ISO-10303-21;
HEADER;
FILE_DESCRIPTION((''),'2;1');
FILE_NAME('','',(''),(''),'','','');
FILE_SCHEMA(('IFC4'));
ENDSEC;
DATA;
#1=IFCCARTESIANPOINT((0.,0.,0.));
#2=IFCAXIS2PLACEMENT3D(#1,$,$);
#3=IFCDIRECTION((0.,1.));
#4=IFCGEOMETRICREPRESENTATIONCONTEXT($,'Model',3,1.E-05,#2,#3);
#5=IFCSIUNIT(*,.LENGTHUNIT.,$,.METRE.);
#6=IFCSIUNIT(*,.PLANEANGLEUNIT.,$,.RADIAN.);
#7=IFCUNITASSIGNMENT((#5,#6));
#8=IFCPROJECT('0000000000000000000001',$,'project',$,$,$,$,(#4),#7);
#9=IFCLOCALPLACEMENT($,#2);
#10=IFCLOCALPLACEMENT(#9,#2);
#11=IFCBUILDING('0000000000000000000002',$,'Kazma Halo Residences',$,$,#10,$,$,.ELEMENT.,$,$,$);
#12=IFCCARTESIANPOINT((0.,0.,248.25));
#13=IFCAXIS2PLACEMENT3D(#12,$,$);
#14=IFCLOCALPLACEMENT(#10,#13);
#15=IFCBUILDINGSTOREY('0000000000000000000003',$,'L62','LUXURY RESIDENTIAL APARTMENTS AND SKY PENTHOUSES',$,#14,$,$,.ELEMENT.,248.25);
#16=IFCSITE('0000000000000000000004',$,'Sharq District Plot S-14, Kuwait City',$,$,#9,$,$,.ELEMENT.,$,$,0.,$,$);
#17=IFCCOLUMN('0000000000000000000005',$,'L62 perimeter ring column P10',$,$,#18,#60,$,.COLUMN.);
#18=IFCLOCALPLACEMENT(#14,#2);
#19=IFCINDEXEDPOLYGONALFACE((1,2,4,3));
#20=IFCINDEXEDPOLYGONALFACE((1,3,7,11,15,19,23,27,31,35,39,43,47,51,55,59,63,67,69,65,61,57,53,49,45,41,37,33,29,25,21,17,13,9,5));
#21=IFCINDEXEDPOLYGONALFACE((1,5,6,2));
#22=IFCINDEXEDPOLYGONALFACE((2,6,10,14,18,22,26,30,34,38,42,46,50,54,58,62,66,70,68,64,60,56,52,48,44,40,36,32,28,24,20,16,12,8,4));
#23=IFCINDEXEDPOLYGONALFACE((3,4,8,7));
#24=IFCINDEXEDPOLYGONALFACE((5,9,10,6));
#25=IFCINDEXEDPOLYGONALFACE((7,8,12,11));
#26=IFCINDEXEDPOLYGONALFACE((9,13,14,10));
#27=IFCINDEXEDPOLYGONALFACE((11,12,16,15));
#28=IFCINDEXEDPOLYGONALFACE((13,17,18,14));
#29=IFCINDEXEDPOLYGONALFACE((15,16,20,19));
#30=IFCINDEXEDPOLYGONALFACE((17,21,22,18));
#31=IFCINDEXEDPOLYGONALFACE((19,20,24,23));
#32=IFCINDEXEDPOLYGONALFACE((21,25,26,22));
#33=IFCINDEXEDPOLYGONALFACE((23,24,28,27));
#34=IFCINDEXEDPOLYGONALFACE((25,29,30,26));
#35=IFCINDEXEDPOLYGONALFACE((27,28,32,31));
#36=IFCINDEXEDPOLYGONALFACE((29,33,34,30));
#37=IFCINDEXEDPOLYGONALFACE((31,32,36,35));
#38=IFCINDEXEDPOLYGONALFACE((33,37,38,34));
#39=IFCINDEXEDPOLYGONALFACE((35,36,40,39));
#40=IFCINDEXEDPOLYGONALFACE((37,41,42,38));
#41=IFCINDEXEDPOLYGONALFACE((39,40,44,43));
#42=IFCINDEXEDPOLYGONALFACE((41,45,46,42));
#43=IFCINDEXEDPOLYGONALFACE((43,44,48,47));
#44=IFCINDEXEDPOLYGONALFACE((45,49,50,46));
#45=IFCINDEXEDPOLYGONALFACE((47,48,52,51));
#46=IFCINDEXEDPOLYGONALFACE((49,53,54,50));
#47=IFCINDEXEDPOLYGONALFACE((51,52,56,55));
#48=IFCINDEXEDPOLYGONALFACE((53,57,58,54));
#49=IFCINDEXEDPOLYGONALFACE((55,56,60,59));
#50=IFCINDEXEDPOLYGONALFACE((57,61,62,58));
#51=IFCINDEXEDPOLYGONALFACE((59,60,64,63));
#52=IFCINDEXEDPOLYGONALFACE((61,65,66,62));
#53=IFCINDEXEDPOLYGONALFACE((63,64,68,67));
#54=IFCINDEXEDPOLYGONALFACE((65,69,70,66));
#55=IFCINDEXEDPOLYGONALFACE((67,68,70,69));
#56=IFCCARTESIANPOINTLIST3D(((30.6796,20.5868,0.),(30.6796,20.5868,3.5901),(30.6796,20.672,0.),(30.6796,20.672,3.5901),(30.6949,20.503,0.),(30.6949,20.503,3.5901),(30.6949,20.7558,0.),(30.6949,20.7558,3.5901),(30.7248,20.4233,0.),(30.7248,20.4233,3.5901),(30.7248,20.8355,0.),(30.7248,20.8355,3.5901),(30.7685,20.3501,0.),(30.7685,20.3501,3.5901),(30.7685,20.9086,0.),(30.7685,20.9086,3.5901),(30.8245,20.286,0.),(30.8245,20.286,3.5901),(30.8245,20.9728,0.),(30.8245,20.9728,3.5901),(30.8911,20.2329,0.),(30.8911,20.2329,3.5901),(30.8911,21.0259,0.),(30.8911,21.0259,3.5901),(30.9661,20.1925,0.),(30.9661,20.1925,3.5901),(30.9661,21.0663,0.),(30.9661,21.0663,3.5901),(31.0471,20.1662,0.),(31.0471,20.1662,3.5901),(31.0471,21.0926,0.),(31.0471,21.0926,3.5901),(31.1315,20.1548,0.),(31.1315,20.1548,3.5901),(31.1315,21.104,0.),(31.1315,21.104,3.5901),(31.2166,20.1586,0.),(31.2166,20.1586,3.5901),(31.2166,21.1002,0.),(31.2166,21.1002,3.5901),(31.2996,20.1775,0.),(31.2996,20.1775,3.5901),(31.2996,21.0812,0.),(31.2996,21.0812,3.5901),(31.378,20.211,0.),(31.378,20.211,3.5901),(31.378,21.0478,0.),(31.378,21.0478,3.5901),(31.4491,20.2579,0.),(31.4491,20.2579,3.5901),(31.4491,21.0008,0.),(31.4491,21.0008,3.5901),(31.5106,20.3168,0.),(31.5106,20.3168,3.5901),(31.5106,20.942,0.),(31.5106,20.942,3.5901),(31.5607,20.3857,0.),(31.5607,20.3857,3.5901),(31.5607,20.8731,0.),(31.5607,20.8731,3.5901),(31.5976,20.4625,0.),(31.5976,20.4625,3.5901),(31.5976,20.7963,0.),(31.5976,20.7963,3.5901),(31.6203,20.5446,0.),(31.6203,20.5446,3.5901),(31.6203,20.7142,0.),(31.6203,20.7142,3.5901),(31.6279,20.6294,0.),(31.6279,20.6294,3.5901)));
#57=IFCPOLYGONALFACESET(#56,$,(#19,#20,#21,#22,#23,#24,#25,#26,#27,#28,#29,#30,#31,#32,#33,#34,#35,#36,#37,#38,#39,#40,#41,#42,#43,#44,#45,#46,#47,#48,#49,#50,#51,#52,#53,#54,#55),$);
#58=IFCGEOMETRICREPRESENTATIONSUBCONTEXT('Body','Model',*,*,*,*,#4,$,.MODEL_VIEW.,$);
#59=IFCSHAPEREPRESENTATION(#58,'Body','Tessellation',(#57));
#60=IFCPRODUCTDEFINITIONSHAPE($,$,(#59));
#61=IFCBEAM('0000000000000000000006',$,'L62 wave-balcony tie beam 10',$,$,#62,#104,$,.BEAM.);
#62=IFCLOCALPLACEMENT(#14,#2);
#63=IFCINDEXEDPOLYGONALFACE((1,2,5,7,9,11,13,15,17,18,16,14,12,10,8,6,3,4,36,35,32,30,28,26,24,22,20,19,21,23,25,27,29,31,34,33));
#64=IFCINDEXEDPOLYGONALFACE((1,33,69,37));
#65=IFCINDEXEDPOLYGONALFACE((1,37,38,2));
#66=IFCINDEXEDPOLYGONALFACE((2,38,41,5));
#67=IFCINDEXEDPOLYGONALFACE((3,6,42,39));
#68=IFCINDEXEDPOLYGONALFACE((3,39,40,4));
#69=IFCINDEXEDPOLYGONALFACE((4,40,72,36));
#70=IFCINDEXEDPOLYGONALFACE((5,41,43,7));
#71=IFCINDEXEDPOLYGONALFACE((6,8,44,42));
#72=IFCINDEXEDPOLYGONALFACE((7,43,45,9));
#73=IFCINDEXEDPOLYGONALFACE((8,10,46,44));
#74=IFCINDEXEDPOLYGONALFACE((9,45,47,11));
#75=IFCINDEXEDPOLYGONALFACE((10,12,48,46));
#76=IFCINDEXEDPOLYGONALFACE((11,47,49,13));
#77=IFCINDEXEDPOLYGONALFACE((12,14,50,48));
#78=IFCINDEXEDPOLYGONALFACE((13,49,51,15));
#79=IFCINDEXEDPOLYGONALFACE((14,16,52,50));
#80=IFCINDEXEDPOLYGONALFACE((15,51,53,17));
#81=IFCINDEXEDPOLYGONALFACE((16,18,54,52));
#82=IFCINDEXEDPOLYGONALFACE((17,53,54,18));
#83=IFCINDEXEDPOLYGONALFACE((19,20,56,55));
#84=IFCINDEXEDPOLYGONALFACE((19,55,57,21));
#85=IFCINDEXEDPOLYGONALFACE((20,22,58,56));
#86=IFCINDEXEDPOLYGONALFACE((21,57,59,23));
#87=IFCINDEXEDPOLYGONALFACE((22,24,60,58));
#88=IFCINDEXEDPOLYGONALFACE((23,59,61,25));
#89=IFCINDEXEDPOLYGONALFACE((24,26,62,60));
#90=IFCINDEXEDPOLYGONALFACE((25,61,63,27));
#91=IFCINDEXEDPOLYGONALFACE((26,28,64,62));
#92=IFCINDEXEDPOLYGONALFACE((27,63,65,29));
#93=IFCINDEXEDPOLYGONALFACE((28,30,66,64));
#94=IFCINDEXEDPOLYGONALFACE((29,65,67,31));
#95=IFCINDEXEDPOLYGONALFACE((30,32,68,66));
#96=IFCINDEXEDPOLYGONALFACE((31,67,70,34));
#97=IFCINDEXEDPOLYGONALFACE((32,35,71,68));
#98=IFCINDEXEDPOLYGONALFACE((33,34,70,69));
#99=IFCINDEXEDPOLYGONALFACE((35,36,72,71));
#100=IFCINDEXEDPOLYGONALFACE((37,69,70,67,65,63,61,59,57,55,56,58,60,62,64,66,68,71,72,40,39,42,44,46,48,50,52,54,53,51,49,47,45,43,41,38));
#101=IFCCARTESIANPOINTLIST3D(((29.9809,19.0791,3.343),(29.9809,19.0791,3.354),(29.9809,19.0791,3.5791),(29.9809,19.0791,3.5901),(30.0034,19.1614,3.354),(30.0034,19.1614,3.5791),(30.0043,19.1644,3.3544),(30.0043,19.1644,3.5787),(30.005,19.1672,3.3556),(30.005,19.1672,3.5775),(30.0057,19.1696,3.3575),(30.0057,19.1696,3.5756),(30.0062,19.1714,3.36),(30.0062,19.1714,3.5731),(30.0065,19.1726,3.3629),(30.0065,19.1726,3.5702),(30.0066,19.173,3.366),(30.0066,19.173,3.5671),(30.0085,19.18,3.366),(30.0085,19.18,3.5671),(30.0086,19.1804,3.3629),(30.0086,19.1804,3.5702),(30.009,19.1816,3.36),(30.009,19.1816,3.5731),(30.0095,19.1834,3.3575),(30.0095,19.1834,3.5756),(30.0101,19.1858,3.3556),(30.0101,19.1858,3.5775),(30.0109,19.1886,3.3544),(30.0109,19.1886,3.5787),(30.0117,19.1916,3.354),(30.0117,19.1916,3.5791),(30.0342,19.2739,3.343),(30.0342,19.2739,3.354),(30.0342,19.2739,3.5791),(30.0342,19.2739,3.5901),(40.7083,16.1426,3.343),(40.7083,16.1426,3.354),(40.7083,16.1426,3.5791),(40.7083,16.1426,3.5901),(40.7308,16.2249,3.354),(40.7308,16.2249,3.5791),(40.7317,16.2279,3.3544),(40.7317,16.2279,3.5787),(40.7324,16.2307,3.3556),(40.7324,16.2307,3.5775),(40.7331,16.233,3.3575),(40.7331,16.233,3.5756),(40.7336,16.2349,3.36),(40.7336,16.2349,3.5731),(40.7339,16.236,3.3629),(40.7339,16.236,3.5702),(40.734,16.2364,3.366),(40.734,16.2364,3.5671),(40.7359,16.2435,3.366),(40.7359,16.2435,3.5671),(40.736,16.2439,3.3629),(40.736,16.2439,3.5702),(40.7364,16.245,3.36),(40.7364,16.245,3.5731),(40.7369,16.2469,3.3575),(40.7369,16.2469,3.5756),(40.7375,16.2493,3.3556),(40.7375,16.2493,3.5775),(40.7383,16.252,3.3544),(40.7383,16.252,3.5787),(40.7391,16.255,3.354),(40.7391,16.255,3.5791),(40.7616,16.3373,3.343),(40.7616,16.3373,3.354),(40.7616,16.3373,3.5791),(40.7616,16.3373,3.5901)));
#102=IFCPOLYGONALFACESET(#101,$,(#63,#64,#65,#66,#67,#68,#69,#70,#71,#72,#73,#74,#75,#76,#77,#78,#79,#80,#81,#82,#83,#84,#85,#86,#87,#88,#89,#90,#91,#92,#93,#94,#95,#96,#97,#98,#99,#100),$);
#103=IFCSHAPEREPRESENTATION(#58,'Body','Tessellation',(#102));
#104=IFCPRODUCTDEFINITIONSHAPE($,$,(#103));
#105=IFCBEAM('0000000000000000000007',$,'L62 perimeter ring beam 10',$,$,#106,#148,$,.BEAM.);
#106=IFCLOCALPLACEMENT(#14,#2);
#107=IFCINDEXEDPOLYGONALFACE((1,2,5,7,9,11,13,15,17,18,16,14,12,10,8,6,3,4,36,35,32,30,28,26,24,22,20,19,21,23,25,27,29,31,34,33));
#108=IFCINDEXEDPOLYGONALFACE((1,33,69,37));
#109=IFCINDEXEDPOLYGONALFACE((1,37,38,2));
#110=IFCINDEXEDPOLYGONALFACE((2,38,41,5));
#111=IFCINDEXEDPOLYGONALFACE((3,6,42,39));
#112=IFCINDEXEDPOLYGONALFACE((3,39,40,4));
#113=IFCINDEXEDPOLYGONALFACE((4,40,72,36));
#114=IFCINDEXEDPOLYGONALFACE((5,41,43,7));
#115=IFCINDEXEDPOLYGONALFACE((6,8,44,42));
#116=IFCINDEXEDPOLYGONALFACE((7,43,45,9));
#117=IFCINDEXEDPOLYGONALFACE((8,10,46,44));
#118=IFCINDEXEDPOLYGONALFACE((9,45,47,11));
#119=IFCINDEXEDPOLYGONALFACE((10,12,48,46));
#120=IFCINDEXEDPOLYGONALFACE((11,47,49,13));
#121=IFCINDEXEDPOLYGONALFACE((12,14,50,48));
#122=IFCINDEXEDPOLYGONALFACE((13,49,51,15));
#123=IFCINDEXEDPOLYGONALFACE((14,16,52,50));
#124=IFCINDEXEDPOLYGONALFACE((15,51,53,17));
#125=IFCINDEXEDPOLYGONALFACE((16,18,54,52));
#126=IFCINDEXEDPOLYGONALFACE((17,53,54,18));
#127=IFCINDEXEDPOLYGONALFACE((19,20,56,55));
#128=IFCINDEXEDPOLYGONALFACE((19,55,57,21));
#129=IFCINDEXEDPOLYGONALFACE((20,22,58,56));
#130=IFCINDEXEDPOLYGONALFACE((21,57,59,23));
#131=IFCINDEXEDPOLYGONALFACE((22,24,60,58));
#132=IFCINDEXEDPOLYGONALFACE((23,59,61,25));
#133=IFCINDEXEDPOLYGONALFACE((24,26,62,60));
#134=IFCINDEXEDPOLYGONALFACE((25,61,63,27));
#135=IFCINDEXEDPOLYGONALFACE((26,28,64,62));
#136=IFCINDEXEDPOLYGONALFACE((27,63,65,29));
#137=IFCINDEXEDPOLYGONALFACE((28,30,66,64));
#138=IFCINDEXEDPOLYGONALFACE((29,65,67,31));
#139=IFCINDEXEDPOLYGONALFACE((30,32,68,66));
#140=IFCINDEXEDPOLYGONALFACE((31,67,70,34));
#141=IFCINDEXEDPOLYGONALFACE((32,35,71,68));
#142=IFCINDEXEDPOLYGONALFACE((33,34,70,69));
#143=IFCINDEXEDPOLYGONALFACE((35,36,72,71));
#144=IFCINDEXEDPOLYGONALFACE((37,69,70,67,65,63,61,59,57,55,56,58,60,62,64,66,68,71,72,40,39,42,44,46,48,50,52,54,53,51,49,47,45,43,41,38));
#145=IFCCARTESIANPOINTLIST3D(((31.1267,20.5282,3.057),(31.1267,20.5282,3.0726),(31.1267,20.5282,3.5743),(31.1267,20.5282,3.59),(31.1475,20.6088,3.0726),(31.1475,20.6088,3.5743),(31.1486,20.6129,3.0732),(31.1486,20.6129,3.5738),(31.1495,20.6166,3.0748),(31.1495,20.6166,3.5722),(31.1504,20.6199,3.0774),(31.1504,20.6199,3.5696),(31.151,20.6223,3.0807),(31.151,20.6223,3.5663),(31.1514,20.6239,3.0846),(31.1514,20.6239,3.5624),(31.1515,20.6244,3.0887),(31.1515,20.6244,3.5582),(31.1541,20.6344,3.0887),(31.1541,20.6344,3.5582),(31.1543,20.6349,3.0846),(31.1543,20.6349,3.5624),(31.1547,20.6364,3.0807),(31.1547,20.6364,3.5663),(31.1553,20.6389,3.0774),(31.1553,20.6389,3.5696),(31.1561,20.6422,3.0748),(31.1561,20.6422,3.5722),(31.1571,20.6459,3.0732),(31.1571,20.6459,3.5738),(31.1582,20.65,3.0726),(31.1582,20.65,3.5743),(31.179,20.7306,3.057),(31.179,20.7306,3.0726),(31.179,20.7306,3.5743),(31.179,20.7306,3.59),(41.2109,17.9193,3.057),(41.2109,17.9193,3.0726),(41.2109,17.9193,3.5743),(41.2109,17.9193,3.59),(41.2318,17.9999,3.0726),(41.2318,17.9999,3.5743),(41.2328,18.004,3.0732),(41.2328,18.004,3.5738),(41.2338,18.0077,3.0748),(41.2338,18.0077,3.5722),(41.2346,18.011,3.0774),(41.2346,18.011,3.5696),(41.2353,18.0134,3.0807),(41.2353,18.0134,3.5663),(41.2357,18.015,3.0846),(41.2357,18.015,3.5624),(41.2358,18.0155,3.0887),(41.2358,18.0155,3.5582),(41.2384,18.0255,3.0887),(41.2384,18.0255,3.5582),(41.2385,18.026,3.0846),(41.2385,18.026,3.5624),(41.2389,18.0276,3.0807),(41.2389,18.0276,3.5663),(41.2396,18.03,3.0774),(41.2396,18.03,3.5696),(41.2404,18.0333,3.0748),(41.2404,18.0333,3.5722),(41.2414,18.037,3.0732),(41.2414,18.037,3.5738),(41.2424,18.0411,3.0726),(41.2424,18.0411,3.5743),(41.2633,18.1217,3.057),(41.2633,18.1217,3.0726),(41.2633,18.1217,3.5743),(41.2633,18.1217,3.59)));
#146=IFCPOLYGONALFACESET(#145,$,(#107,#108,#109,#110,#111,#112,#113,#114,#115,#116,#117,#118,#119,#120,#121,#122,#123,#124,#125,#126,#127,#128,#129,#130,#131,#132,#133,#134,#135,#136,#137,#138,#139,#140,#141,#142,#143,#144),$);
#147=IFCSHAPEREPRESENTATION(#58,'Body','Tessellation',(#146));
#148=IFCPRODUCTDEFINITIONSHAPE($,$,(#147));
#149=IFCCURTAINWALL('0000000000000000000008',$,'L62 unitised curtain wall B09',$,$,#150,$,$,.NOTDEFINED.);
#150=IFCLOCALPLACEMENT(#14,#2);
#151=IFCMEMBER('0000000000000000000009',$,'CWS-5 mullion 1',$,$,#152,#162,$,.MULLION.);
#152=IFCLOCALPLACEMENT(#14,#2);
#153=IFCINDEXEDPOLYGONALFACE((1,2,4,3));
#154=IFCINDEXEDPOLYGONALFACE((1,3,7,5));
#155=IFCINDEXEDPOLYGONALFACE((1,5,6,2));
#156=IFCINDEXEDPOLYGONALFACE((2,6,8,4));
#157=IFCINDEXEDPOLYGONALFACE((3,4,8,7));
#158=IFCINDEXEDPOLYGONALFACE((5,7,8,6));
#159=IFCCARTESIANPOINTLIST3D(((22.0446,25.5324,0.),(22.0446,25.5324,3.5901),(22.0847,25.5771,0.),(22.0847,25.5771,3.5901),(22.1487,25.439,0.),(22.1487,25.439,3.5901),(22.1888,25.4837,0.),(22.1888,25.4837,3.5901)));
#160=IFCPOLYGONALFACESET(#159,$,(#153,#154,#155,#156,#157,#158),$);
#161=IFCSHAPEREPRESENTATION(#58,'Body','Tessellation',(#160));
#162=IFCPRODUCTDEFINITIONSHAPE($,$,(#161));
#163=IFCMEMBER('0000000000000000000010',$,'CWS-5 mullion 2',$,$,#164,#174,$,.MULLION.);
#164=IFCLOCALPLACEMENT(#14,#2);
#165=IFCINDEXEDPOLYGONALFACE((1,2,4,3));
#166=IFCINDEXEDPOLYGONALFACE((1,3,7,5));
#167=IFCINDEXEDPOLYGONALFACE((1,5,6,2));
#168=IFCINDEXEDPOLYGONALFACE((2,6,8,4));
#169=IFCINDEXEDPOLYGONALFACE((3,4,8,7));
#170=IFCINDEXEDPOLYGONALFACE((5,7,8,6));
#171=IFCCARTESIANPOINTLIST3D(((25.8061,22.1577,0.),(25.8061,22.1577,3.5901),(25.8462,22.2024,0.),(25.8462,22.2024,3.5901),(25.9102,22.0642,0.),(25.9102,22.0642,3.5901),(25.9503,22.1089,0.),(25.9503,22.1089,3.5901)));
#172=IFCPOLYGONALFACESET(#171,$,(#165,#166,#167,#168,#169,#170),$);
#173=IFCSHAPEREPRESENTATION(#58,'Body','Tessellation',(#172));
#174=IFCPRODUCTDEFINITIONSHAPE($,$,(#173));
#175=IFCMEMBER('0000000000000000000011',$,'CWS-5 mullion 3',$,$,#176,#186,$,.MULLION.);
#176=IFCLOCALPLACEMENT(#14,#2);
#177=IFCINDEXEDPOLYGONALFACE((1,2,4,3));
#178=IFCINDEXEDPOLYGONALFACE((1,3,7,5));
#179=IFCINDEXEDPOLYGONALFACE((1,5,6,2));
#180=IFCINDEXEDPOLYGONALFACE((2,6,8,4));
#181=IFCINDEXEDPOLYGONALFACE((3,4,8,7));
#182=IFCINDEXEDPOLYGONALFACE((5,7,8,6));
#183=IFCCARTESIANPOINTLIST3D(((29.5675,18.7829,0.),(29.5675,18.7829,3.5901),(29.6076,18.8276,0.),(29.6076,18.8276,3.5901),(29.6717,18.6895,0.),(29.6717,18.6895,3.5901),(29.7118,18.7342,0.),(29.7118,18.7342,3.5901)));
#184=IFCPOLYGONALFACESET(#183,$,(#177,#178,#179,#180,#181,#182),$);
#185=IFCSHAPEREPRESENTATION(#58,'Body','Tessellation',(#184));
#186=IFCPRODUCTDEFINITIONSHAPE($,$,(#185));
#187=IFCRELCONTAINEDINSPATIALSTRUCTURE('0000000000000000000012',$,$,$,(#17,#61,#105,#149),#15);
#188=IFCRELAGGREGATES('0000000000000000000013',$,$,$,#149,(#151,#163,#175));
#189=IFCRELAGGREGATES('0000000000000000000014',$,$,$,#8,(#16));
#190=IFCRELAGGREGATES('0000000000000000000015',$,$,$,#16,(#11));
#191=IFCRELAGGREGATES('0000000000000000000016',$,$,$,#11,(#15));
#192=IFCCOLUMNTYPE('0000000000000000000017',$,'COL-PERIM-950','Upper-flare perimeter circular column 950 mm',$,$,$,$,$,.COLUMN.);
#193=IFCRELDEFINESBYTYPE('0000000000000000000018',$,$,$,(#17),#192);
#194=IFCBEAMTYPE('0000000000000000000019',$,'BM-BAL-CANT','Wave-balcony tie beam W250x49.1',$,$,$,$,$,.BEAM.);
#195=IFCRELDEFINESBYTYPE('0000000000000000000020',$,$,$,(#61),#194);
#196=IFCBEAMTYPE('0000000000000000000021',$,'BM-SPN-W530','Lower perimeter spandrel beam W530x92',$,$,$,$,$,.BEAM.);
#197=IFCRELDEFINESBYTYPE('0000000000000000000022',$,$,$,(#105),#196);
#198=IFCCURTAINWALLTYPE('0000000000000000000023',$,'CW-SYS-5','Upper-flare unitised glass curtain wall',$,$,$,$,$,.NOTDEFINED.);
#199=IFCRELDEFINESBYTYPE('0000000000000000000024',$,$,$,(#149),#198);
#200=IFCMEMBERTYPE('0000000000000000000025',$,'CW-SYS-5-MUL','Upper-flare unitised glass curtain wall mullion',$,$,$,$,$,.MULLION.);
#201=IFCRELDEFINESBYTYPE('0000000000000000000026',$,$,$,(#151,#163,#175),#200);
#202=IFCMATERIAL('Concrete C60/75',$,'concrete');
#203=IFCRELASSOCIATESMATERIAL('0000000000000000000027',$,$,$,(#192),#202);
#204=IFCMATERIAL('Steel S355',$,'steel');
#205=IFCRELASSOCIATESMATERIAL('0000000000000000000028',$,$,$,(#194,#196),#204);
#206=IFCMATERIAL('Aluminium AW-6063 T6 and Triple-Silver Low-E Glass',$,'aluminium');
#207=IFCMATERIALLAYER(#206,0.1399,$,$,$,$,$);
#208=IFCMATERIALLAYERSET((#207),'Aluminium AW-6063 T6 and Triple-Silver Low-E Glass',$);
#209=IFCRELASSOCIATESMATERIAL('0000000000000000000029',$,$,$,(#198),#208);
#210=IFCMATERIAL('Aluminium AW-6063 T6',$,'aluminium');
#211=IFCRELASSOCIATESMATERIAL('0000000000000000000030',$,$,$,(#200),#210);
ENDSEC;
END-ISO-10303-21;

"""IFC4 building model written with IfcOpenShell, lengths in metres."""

from ifc_helpers import new_model, si_unit, direction, frame, origin, origin_2d, place, context, subcontext, project, spatial, rectangle, circle, i_section, extrude, material, layer, layer_set, material_profile, profile_set, type_object, element, aggregate, save


model = new_model("IFC4")

# Units and contexts
model_context = context("Model", 3, precision=1e-05, world=origin(), true_north=direction((0.0, 1.0)))
body_context = subcontext(model_context, "Body", "Model", "MODEL_VIEW")
ifc_project = project(units=[si_unit("LENGTHUNIT", "METRE"), si_unit("PLANEANGLEUNIT", "RADIAN")], contexts=[model_context])

# Site, building, storey
site_placement = place(None, origin())
site = spatial("IfcSite", under=ifc_project, at=site_placement, Name="Sharq District Plot S-14, Kuwait City", CompositionType="ELEMENT", RefElevation=0.0)
building_placement = place(site_placement, origin())
building = spatial("IfcBuilding", under=site, at=building_placement, Name="Kazma Halo Residences", CompositionType="ELEMENT")
storey_placement = place(building_placement, frame((0.0, 0.0, 248.25)))
storey = spatial("IfcBuildingStorey", under=building, at=storey_placement, Name="L62", Description="LUXURY RESIDENTIAL APARTMENTS AND SKY PENTHOUSES", CompositionType="ELEMENT", Elevation=248.25)

# Column
ifc_material_1 = material(Name="Concrete C60/75", Category="concrete")
ifc_material_profile_1 = material_profile(ifc_material_1, circle(Radius=0.4751, at=origin_2d()), Name="CIRC950")
ifc_profile_set_1 = profile_set([ifc_material_profile_1], Name="Concrete C60/75")
column_type = type_object("IfcColumnType", Name="COL-PERIM-950", Description="Upper-flare perimeter circular column 950 mm", PredefinedType="COLUMN", material=ifc_profile_set_1)
column_placement = place(storey_placement, frame((31.1528, 20.6294, 0.0), z_axis=(0.0, 0.0, 1.0), x_axis=(1.0, 0.0, 0.0)))
element("IfcColumn", 1, at=column_placement, inside=storey, type_object=column_type, Name="L62 perimeter ring column P10", PredefinedType="COLUMN", context=body_context, shape_type="SweptSolid", body=[
    extrude(circle(Radius=0.4751, at=origin_2d()), origin(), (0.0, 0.0, 1.0), 3.5901),
])

# Beams
ifc_material_2 = material(Name="Steel S355", Category="steel")
ifc_material_profile_2 = material_profile(ifc_material_2, i_section(OverallWidth=0.2019, OverallDepth=0.2471, WebThickness=0.0073, FlangeThickness=0.011, FilletRadius=0.012, at=origin_2d()), Name="W250x49.1")
ifc_profile_set_2 = profile_set([ifc_material_profile_2], Name="Steel S355")
beam_type_1 = type_object("IfcBeamType", Name="BM-BAL-CANT", Description="Wave-balcony tie beam W250x49.1", PredefinedType="BEAM", material=ifc_profile_set_2)
beam_1_placement = place(storey_placement, frame((30.0076, 19.1765, 3.4666), z_axis=(0.964515, -0.264029, 0.0), x_axis=(0.264029, 0.964515, 0.0)))
element("IfcBeam", 2, at=beam_1_placement, inside=storey, type_object=beam_type_1, Name="L62 wave-balcony tie beam 10", PredefinedType="BEAM", context=body_context, shape_type="SweptSolid", body=[
    extrude(i_section(OverallWidth=0.2019, OverallDepth=0.2471, WebThickness=0.0073, FlangeThickness=0.011, FilletRadius=0.012, at=origin_2d()), origin(), (0.0, 0.0, 1.0), 11.1221),
])
ifc_material_profile_3 = material_profile(ifc_material_2, i_section(OverallWidth=0.209, OverallDepth=0.533, WebThickness=0.0103, FlangeThickness=0.0156, FilletRadius=0.0161, at=origin_2d()), Name="W530x92")
ifc_profile_set_3 = profile_set([ifc_material_profile_3], Name="Steel S355")
beam_type_2 = type_object("IfcBeamType", Name="BM-SPN-W530", Description="Lower perimeter spandrel beam W530x92", PredefinedType="BEAM", material=ifc_profile_set_3)
beam_2_placement = place(storey_placement, frame((31.1528, 20.6294, 3.3235), z_axis=(0.968126, -0.250464, 0.0), x_axis=(0.250464, 0.968126, 0.0)))
element("IfcBeam", 3, at=beam_2_placement, inside=storey, type_object=beam_type_2, Name="L62 perimeter ring beam 10", PredefinedType="BEAM", context=body_context, shape_type="SweptSolid", body=[
    extrude(i_section(OverallWidth=0.209, OverallDepth=0.533, WebThickness=0.0103, FlangeThickness=0.0156, FilletRadius=0.0161, at=origin_2d()), origin(), (0.0, 0.0, 1.0), 10.4163),
])

# Curtain wall, members
ifc_material_3 = material(Name="Aluminium AW-6063 T6 and Triple-Silver Low-E Glass", Category="aluminium")
ifc_layer_1 = layer(ifc_material_3, 0.1399)
ifc_layer_set_1 = layer_set([ifc_layer_1], Name="Aluminium AW-6063 T6 and Triple-Silver Low-E Glass")
curtain_wall_type = type_object("IfcCurtainWallType", Name="CW-SYS-5", Description="Upper-flare unitised glass curtain wall", PredefinedType="NOTDEFINED", material=ifc_layer_set_1)
curtain_wall_placement = place(storey_placement, origin())
curtain_wall = element("IfcCurtainWall", 4, at=curtain_wall_placement, inside=storey, type_object=curtain_wall_type, Name="L62 unitised curtain wall B09", PredefinedType="NOTDEFINED")
ifc_material_4 = material(Name="Aluminium AW-6063 T6", Category="aluminium")
ifc_material_profile_4 = material_profile(ifc_material_4, rectangle(XDim=0.0601, YDim=0.1399, at=origin_2d()), Name="CWM-60x140")
ifc_profile_set_4 = profile_set([ifc_material_profile_4], Name="Aluminium AW-6063 T6")
member_type_1 = type_object("IfcMemberType", Name="CW-SYS-5-MUL", Description="Upper-flare unitised glass curtain wall mullion", PredefinedType="MULLION", material=ifc_profile_set_4)
member_1_placement = place(storey_placement, frame((22.1167, 25.5081, 0.0), z_axis=(0.0, 0.0, 1.0), x_axis=(0.667805, 0.744336, 0.0)))
member_1 = element("IfcMember", 5, at=member_1_placement, type_object=member_type_1, Name="CWS-5 mullion 1", PredefinedType="MULLION", context=body_context, shape_type="SweptSolid", body=[
    extrude(rectangle(XDim=0.0601, YDim=0.1399, at=origin_2d()), origin(), (0.0, 0.0, 1.0), 3.5901),
])
member_2_placement = place(storey_placement, frame((25.8782, 22.1333, 0.0), z_axis=(0.0, 0.0, 1.0), x_axis=(0.667805, 0.744336, 0.0)))
member_2 = element("IfcMember", 6, at=member_2_placement, type_object=member_type_1, Name="CWS-5 mullion 2", PredefinedType="MULLION", context=body_context, shape_type="SweptSolid", body=[
    extrude(rectangle(XDim=0.0601, YDim=0.1399, at=origin_2d()), origin(), (0.0, 0.0, 1.0), 3.5901),
])
member_3_placement = place(storey_placement, frame((29.6396, 18.7585, 0.0), z_axis=(0.0, 0.0, 1.0), x_axis=(0.667805, 0.744336, 0.0)))
member_3 = element("IfcMember", 7, at=member_3_placement, type_object=member_type_1, Name="CWS-5 mullion 3", PredefinedType="MULLION", context=body_context, shape_type="SweptSolid", body=[
    extrude(rectangle(XDim=0.0601, YDim=0.1399, at=origin_2d()), origin(), (0.0, 0.0, 1.0), 3.5901),
])
aggregate(curtain_wall, [member_1, member_2, member_3])

save(model, "model.ifc")
